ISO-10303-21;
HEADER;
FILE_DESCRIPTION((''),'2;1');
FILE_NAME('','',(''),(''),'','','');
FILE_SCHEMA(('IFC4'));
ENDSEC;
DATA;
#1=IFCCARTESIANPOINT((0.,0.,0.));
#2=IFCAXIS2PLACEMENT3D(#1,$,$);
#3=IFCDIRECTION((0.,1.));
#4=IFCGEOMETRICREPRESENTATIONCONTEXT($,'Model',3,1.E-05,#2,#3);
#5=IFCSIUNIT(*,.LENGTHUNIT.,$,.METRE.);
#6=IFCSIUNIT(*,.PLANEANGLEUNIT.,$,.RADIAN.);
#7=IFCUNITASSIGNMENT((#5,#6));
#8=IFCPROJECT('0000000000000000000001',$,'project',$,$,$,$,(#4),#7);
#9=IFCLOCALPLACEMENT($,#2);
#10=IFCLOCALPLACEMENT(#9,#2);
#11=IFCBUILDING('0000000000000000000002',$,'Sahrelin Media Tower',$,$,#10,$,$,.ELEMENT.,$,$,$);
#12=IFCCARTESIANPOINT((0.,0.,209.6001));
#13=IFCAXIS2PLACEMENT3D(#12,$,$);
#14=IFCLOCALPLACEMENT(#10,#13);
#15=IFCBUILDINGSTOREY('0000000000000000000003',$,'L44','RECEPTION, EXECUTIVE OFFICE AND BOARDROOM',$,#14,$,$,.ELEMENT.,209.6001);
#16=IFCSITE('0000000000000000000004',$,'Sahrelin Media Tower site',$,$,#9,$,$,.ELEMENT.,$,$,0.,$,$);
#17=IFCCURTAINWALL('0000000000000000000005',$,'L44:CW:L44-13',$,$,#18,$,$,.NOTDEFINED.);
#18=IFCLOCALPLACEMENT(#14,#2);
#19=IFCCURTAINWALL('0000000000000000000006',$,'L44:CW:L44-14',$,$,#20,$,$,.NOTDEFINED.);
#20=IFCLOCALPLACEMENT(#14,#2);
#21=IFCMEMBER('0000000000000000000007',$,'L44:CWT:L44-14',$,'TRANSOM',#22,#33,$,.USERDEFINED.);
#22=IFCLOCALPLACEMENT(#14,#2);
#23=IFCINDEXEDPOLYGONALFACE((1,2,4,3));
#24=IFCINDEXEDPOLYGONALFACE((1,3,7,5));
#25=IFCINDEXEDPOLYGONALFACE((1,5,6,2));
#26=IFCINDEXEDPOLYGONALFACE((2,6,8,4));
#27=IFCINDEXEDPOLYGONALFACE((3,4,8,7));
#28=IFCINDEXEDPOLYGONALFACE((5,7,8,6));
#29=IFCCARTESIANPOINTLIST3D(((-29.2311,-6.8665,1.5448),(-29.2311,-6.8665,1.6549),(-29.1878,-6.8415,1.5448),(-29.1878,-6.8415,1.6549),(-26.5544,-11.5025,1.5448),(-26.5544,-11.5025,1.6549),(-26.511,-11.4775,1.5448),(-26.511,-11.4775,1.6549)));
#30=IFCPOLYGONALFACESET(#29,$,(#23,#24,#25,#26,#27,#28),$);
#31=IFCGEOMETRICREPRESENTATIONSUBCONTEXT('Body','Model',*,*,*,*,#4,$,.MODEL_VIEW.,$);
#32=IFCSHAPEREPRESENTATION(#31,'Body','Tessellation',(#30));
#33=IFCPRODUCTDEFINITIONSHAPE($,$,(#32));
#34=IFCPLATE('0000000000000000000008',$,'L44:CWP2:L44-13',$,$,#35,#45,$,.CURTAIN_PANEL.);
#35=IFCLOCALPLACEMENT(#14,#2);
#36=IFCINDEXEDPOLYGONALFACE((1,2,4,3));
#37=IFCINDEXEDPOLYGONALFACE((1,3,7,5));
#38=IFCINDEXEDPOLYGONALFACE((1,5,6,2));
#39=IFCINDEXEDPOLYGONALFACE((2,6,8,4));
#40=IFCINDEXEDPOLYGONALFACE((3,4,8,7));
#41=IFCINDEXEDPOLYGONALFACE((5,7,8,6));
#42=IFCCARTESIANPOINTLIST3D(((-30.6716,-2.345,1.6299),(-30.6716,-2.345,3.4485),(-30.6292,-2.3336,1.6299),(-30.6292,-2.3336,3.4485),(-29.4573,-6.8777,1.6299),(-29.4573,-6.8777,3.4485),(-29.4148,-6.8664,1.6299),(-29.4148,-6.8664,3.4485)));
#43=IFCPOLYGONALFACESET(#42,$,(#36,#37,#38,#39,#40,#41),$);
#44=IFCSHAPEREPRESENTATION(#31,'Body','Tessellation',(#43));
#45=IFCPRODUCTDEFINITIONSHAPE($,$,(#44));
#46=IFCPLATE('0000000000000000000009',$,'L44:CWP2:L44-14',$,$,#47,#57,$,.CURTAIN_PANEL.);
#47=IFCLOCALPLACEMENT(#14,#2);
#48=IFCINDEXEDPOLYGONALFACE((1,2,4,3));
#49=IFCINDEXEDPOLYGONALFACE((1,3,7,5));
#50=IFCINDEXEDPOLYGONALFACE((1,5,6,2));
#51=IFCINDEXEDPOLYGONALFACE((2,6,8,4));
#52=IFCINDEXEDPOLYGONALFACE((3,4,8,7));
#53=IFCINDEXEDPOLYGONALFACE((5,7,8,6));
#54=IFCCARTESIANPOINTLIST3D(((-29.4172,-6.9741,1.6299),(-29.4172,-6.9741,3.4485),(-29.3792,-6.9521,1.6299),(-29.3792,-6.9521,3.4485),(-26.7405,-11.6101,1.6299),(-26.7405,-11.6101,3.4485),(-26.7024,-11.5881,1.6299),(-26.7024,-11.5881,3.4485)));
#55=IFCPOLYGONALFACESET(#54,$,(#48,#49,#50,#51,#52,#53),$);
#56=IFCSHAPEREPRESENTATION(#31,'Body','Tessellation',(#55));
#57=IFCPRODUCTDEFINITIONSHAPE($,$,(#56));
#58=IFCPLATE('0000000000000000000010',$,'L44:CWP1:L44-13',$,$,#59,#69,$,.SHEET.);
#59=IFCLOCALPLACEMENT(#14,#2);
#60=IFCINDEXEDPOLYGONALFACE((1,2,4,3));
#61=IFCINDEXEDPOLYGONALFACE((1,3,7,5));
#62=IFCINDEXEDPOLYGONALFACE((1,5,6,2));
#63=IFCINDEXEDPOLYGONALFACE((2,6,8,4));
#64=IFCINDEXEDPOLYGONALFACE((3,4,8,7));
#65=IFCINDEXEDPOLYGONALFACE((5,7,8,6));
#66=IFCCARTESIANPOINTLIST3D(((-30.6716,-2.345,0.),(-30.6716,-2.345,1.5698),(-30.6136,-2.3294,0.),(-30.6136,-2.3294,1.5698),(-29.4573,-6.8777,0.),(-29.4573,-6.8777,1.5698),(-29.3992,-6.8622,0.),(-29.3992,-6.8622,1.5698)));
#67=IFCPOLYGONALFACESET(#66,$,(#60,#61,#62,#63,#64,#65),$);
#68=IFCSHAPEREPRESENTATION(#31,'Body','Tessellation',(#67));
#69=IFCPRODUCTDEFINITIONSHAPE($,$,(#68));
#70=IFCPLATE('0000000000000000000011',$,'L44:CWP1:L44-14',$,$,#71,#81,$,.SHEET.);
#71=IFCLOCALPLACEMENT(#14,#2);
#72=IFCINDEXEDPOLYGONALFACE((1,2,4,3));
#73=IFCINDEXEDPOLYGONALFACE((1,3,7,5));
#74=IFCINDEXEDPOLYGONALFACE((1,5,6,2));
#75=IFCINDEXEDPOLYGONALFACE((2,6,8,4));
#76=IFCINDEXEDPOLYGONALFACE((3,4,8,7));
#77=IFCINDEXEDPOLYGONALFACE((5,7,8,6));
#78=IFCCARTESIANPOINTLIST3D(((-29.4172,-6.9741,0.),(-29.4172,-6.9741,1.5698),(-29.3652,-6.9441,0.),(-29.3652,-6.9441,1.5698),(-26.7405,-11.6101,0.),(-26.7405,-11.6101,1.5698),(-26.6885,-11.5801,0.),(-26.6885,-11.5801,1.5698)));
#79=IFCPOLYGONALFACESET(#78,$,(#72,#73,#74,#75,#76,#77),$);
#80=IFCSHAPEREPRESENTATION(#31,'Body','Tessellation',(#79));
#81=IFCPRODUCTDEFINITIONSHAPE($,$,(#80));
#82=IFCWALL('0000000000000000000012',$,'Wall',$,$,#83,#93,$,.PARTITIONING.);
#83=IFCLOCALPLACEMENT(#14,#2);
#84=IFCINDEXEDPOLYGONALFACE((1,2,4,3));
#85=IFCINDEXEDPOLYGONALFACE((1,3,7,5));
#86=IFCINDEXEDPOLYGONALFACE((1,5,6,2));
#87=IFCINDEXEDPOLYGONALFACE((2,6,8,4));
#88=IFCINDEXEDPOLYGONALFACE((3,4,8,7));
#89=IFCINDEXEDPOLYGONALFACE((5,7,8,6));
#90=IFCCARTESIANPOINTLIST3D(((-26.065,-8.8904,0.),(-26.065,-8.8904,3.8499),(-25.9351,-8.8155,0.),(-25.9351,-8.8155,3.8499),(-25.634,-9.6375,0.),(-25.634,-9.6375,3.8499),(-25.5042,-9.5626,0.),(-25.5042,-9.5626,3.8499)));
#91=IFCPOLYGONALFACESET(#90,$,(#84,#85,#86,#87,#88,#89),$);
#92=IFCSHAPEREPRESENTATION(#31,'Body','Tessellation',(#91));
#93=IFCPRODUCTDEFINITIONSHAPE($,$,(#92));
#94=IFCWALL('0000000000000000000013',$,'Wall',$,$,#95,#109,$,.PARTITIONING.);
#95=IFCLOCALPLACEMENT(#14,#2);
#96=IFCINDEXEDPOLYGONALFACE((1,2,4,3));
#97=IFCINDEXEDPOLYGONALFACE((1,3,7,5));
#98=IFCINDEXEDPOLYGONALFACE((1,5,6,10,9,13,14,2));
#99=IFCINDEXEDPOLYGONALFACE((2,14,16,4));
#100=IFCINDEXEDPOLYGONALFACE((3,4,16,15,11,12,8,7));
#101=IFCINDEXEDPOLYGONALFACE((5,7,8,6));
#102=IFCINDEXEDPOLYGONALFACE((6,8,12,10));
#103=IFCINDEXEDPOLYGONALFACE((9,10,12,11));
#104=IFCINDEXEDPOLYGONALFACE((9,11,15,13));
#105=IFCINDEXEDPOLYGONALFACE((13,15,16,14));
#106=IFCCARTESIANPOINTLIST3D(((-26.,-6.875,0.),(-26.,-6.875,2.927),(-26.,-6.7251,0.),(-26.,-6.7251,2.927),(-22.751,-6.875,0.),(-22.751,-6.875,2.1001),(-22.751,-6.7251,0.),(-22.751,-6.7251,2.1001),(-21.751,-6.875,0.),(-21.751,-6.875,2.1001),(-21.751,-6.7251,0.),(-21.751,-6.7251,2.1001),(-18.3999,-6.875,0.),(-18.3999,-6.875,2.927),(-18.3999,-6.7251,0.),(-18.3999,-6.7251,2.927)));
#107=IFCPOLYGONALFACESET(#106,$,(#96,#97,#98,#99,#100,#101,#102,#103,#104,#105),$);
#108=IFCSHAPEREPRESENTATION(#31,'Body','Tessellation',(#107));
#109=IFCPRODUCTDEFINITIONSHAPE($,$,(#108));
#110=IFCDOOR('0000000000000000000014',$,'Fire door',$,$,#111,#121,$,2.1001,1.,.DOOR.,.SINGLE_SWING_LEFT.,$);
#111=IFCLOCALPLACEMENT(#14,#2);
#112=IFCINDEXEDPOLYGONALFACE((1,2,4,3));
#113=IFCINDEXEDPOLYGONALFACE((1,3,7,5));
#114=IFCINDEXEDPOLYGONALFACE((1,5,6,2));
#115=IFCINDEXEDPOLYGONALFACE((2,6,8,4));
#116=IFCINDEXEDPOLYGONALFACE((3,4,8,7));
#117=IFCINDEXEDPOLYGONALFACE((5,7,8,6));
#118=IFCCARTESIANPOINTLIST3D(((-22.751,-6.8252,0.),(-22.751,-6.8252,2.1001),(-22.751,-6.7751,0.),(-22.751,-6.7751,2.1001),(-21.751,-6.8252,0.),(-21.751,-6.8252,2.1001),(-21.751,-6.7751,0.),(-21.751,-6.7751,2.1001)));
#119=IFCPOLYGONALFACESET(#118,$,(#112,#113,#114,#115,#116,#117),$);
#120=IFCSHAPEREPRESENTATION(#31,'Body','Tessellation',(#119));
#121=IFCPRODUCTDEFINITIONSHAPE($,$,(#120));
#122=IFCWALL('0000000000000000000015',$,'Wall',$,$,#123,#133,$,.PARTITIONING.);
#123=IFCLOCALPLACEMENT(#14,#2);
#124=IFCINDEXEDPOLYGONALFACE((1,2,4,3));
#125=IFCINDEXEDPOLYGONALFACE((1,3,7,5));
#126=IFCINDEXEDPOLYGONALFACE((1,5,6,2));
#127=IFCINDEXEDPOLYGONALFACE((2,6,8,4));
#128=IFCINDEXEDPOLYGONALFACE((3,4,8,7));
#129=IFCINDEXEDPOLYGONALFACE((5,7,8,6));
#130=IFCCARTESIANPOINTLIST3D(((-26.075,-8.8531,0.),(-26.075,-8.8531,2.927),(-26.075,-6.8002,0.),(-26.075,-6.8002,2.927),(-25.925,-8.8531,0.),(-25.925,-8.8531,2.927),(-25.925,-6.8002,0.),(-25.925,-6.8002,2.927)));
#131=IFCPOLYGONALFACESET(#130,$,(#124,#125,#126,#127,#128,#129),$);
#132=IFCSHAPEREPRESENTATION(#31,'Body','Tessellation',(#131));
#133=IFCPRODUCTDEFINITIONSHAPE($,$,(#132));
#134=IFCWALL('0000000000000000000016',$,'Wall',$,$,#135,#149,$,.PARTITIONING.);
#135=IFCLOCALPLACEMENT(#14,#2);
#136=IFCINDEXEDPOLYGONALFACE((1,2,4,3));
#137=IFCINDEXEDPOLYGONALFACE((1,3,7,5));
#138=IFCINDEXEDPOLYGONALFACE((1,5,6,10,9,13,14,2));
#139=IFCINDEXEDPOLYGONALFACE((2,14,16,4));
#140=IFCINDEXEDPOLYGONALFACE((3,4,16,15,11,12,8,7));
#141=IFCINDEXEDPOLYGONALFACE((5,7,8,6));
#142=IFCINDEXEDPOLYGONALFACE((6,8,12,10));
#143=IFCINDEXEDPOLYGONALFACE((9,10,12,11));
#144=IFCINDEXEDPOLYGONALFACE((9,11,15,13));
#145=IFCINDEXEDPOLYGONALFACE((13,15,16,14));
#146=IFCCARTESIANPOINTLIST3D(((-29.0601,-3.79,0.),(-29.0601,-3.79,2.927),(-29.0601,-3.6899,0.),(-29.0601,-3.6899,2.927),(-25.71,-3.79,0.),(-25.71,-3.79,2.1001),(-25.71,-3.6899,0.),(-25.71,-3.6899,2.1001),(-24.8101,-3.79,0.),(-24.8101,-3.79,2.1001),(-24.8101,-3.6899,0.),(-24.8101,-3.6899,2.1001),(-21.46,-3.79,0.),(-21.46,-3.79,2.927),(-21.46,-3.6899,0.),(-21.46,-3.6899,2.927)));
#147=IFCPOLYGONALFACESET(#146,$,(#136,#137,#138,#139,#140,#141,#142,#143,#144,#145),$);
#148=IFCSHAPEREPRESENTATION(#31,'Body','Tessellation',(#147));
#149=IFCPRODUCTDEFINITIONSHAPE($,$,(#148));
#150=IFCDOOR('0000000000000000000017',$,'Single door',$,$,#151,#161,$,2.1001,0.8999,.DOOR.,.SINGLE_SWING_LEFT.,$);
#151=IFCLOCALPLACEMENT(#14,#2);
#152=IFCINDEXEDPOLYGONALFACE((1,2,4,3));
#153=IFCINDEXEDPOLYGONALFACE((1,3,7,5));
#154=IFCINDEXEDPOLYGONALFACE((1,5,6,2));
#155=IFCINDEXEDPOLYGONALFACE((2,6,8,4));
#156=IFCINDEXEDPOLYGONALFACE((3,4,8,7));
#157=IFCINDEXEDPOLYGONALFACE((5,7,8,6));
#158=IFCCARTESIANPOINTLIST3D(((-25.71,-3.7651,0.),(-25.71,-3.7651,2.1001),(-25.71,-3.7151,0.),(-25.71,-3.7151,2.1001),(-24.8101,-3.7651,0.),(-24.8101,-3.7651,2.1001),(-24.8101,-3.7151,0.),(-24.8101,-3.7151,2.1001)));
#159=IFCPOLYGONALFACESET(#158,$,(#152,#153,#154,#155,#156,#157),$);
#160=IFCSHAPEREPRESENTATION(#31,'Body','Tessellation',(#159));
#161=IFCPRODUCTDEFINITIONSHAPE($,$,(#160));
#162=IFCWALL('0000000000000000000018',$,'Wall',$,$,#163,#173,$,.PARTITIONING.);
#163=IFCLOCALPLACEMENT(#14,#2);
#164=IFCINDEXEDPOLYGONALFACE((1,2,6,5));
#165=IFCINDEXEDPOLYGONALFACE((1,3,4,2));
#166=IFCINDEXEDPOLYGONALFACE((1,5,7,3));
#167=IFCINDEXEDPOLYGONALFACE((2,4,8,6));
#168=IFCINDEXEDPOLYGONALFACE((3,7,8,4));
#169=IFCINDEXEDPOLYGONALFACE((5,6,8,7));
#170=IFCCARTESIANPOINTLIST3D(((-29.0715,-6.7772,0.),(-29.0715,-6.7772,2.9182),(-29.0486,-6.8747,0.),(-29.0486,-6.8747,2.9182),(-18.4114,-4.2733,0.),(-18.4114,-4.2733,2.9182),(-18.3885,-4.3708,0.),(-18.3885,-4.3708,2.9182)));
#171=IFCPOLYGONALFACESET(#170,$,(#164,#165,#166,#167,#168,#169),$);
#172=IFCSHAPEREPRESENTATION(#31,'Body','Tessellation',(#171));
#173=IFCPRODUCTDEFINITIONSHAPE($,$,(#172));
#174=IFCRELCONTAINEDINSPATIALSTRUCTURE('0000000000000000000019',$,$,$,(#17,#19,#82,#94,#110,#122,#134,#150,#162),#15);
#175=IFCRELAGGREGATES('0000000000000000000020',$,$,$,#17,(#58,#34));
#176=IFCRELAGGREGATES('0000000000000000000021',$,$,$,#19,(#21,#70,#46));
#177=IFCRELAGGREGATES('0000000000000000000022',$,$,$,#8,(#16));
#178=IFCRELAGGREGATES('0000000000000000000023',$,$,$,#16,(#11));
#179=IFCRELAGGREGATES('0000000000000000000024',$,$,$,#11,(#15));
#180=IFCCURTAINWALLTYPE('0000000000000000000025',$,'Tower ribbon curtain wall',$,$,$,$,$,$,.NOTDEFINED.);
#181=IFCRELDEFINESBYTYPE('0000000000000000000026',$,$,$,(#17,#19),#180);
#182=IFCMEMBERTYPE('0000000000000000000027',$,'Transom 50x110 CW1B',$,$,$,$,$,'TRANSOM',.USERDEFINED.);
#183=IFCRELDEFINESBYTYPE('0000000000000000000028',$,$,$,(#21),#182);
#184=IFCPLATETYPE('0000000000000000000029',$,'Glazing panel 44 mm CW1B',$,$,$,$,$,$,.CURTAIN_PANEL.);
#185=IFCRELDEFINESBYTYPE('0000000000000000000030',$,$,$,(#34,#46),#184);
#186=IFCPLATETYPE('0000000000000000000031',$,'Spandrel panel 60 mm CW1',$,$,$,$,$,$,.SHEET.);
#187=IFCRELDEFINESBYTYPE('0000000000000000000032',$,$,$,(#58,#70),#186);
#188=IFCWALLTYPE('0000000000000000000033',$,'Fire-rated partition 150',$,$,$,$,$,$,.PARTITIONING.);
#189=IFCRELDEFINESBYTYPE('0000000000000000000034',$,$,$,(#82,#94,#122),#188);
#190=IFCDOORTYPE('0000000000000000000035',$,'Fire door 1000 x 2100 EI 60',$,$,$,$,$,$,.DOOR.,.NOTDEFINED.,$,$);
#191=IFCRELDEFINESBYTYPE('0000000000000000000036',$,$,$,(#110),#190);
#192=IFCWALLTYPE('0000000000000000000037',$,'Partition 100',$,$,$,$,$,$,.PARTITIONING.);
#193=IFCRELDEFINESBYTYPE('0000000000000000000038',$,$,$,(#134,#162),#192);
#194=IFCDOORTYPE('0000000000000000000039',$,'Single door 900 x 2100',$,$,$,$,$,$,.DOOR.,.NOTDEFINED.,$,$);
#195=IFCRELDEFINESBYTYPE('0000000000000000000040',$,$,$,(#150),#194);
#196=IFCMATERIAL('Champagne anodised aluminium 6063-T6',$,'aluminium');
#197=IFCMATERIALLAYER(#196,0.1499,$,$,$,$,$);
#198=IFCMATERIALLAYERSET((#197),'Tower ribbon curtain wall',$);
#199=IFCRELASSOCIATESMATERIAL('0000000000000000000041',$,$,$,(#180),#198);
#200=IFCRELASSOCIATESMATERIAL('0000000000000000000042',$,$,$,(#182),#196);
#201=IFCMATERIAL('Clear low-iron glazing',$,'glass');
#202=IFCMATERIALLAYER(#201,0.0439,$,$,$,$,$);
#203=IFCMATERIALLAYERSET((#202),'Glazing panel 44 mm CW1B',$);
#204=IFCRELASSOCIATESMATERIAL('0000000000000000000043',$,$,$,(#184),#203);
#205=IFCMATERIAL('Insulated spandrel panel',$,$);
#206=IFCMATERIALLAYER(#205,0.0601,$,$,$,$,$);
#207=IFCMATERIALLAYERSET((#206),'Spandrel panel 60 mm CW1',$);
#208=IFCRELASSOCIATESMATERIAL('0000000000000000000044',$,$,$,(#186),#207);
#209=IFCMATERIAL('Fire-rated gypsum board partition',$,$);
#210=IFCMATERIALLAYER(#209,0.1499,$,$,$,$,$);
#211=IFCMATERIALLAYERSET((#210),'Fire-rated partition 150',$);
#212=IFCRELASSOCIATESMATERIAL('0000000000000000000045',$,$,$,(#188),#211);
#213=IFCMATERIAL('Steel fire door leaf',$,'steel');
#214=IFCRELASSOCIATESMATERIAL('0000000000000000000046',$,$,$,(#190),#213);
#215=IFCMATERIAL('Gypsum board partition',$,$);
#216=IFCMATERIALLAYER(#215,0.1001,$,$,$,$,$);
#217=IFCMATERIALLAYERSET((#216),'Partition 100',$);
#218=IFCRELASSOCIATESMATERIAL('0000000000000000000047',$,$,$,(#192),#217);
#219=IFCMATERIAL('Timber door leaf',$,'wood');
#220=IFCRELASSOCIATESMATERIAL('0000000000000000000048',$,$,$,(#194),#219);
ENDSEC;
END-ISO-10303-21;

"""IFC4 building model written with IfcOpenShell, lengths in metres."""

from ifc_helpers import new_model, si_unit, direction, frame, frame_2d, origin, origin_2d, place, context, subcontext, project, spatial, polyline, rectangle, outline, extrude, material, layer, layer_set, material_profile, profile_set, type_object, element, fill, aggregate, save


model = new_model("IFC4")

# Units and contexts
model_context = context("Model", 3, precision=1e-05, world=origin(), true_north=direction((0.0, 1.0)))
body_context = subcontext(model_context, "Body", "Model", "MODEL_VIEW")
ifc_project = project(units=[si_unit("LENGTHUNIT", "METRE"), si_unit("PLANEANGLEUNIT", "RADIAN")], contexts=[model_context])

# Site, building, storey
site_placement = place(None, origin())
site = spatial("IfcSite", under=ifc_project, at=site_placement, Name="Sahrelin Media Tower site", CompositionType="ELEMENT", RefElevation=0.0)
building_placement = place(site_placement, origin())
building = spatial("IfcBuilding", under=site, at=building_placement, Name="Sahrelin Media Tower", CompositionType="ELEMENT")
storey_placement = place(building_placement, frame((0.0, 0.0, 209.6001)))
storey = spatial("IfcBuildingStorey", under=building, at=storey_placement, Name="L44", Description="RECEPTION, EXECUTIVE OFFICE AND BOARDROOM", CompositionType="ELEMENT", Elevation=209.6001)

# Curtain wall
ifc_material_1 = material(Name="Champagne anodised aluminium 6063-T6", Category="aluminium")
ifc_layer_1 = layer(ifc_material_1, 0.1499)
ifc_layer_set_1 = layer_set([ifc_layer_1], Name="Tower ribbon curtain wall")
curtain_wall_type = type_object("IfcCurtainWallType", Name="Tower ribbon curtain wall", PredefinedType="NOTDEFINED", material=ifc_layer_set_1)
curtain_wall_1_placement = place(storey_placement, frame((-30.0452, -4.6062, 0.0), z_axis=(0.0, 0.0, 1.0), x_axis=(1.0, 0.0, 0.0)))
curtain_wall_1 = element("IfcCurtainWall", 1, at=curtain_wall_1_placement, inside=storey, type_object=curtain_wall_type, Name="L44:CW:L44-13", PredefinedType="NOTDEFINED")

# Shared definitions
ifc_material_profile_1 = material_profile(ifc_material_1, rectangle(XDim=0.05, YDim=0.1101, at=origin_2d()), Name="Transom 50x110")
ifc_profile_set_1 = profile_set([ifc_material_profile_1], Name="Champagne anodised aluminium 6063-T6")
member_type_1 = type_object("IfcMemberType", Name="Transom 50x110 CW1B", ElementType="TRANSOM", PredefinedType="USERDEFINED", material=ifc_profile_set_1)

# Curtain wall, member
curtain_wall_2_placement = place(storey_placement, frame((-28.0615, -9.282, 0.0), z_axis=(0.0, 0.0, 1.0), x_axis=(1.0, 0.0, 0.0)))
curtain_wall_2 = element("IfcCurtainWall", 2, at=curtain_wall_2_placement, inside=storey, type_object=curtain_wall_type, Name="L44:CW:L44-14", PredefinedType="NOTDEFINED")
member_1_placement = place(storey_placement, frame((-29.2095, -6.854, 1.5999), z_axis=(0.500024, -0.866012, 0.0), x_axis=(0.866012, 0.500024, 0.0)))
member_1 = element("IfcMember", 3, at=member_1_placement, type_object=member_type_1, Name="L44:CWT:L44-14", ObjectType="TRANSOM", PredefinedType="USERDEFINED", context=body_context, shape_type="SweptSolid", body=[
    extrude(rectangle(XDim=0.05, YDim=0.1101, at=origin_2d()), origin(), (0.0, 0.0, 1.0), 5.3533),
])

# Plates
ifc_material_2 = material(Name="Clear low-iron glazing", Category="glass")
ifc_layer_2 = layer(ifc_material_2, 0.0439)
ifc_layer_set_2 = layer_set([ifc_layer_2], Name="Glazing panel 44 mm CW1B")
plate_type_1 = type_object("IfcPlateType", Name="Glazing panel 44 mm CW1B", PredefinedType="CURTAIN_PANEL", material=ifc_layer_set_2)
plate_1_placement = place(storey_placement, frame((-30.6716, -2.345, 1.6299), z_axis=(-0.965936, -0.258783, 0.0), x_axis=(0.258783, -0.965936, 0.0)))
plate_1 = element("IfcPlate", 4, at=plate_1_placement, type_object=plate_type_1, Name="L44:CWP2:L44-13", PredefinedType="CURTAIN_PANEL", context=body_context, shape_type="SweptSolid", body=[
    extrude(outline(polyline([(0.0, 0.0), (4.6926, 0.0), (4.6926, 1.8186), (0.0, 1.8186), (0.0, 0.0)])), origin(), (0.0, 0.0, -1.0), 0.0439),
])
plate_2_placement = place(storey_placement, frame((-29.4172, -6.9741, 1.6299), z_axis=(-0.866012, -0.500024, 0.0), x_axis=(0.500024, -0.866012, 0.0)))
plate_2 = element("IfcPlate", 5, at=plate_2_placement, type_object=plate_type_1, Name="L44:CWP2:L44-14", PredefinedType="CURTAIN_PANEL", context=body_context, shape_type="SweptSolid", body=[
    extrude(outline(polyline([(0.0, 0.0), (5.3533, 0.0), (5.3533, 1.8186), (0.0, 1.8186), (0.0, 0.0)])), origin(), (0.0, 0.0, -1.0), 0.0439),
])
ifc_material_3 = material(Name="Insulated spandrel panel")
ifc_layer_3 = layer(ifc_material_3, 0.0601)
ifc_layer_set_3 = layer_set([ifc_layer_3], Name="Spandrel panel 60 mm CW1")
plate_type_2 = type_object("IfcPlateType", Name="Spandrel panel 60 mm CW1", PredefinedType="SHEET", material=ifc_layer_set_3)
plate_3_placement = place(storey_placement, frame((-30.6716, -2.345, 0.0), z_axis=(-0.965936, -0.258783, 0.0), x_axis=(0.258783, -0.965936, 0.0)))
plate_3 = element("IfcPlate", 6, at=plate_3_placement, type_object=plate_type_2, Name="L44:CWP1:L44-13", PredefinedType="SHEET", context=body_context, shape_type="SweptSolid", body=[
    extrude(outline(polyline([(0.0, 0.0), (4.6926, 0.0), (4.6926, 1.5698), (0.0, 1.5698), (0.0, 0.0)])), origin(), (0.0, 0.0, -1.0), 0.0601),
])
aggregate(curtain_wall_1, [plate_3, plate_1])
plate_4_placement = place(storey_placement, frame((-29.4172, -6.9741, 0.0), z_axis=(-0.866012, -0.500024, 0.0), x_axis=(0.500024, -0.866012, 0.0)))
plate_4 = element("IfcPlate", 7, at=plate_4_placement, type_object=plate_type_2, Name="L44:CWP1:L44-14", PredefinedType="SHEET", context=body_context, shape_type="SweptSolid", body=[
    extrude(outline(polyline([(0.0, 0.0), (5.3533, 0.0), (5.3533, 1.5698), (0.0, 1.5698), (0.0, 0.0)])), origin(), (0.0, 0.0, -1.0), 0.0601),
])
aggregate(curtain_wall_2, [member_1, plate_4, plate_2])

# Wall
ifc_material_4 = material(Name="Fire-rated gypsum board partition")
ifc_layer_4 = layer(ifc_material_4, 0.1499)
ifc_layer_set_4 = layer_set([ifc_layer_4], Name="Fire-rated partition 150")
wall_type_1 = type_object("IfcWallType", Name="Fire-rated partition 150", PredefinedType="PARTITIONING", material=ifc_layer_set_4)
wall_1_placement = place(storey_placement, frame((-26.0, -8.853, 0.0), z_axis=(0.0, 0.0, 1.0), x_axis=(0.499641, -0.866233, 0.0)))
element("IfcWall", 8, at=wall_1_placement, inside=storey, type_object=wall_type_1, Name="Wall", PredefinedType="PARTITIONING", context=body_context, shape_type="SweptSolid", body=[
    extrude(rectangle(XDim=0.8625, YDim=0.1499, at=frame_2d((0.4312, 0.0))), origin(), (0.0, 0.0, 1.0), 3.8499),
])

# Wall, opening, door
wall_2_placement = place(storey_placement, frame((-26.0, -6.8, 0.0), z_axis=(0.0, 0.0, 1.0), x_axis=(1.0, 0.0, 0.0)))
wall_2 = element("IfcWall", 9, at=wall_2_placement, inside=storey, type_object=wall_type_1, Name="Wall", PredefinedType="PARTITIONING", context=body_context, shape_type="SweptSolid", body=[
    extrude(rectangle(XDim=7.6001, YDim=0.1499, at=frame_2d((3.8, 0.0))), origin(), (0.0, 0.0, 1.0), 2.927),
])
opening_1_placement = place(wall_2_placement, frame((3.249, 0.0, 0.0)))
opening_1 = element("IfcOpeningElement", 10, at=opening_1_placement, cuts=wall_2, PredefinedType="OPENING", context=body_context, shape_type="SweptSolid", body=[
    extrude(rectangle(XDim=1.0, YDim=2.1001, at=frame_2d((0.5, 1.05))), frame((0.0, 0.075, 0.0), z_axis=(0.0, -1.0, 0.0), x_axis=(1.0, 0.0, 0.0)), (0.0, 0.0, 1.0), 0.1499),
])
ifc_material_5 = material(Name="Steel fire door leaf", Category="steel")
door_type_1 = type_object("IfcDoorType", Name="Fire door 1000 x 2100 EI 60", OperationType="NOTDEFINED", PredefinedType="DOOR", material=ifc_material_5)
door_1_placement = place(opening_1_placement, origin())
door_1 = element("IfcDoor", 11, at=door_1_placement, inside=storey, type_object=door_type_1, Name="Fire door", OperationType="SINGLE_SWING_LEFT", OverallHeight=2.1001, OverallWidth=1.0, PredefinedType="DOOR", context=body_context, shape_type="SweptSolid", body=[
    extrude(rectangle(XDim=1.0, YDim=2.1001, at=frame_2d((0.5, 1.05))), frame((0.0, 0.0249, 0.0), z_axis=(0.0, -1.0, 0.0), x_axis=(1.0, 0.0, 0.0)), (0.0, 0.0, 1.0), 0.05),
])
fill(opening_1, door_1)

# Wall
wall_3_placement = place(storey_placement, frame((-26.0, -8.853, 0.0), z_axis=(0.0, 0.0, 1.0), x_axis=(0.0, 1.0, 0.0)))
element("IfcWall", 12, at=wall_3_placement, inside=storey, type_object=wall_type_1, Name="Wall", PredefinedType="PARTITIONING", context=body_context, shape_type="SweptSolid", body=[
    extrude(rectangle(XDim=2.053, YDim=0.1499, at=frame_2d((1.0264, 0.0))), origin(), (0.0, 0.0, 1.0), 2.927),
])

# Wall, opening, door
ifc_material_6 = material(Name="Gypsum board partition")
ifc_layer_5 = layer(ifc_material_6, 0.1001)
ifc_layer_set_5 = layer_set([ifc_layer_5], Name="Partition 100")
wall_type_2 = type_object("IfcWallType", Name="Partition 100", PredefinedType="PARTITIONING", material=ifc_layer_set_5)
wall_4_placement = place(storey_placement, frame((-29.0601, -3.74, 0.0), z_axis=(0.0, 0.0, 1.0), x_axis=(1.0, 0.0, 0.0)))
wall_4 = element("IfcWall", 13, at=wall_4_placement, inside=storey, type_object=wall_type_2, Name="Wall", PredefinedType="PARTITIONING", context=body_context, shape_type="SweptSolid", body=[
    extrude(rectangle(XDim=7.6001, YDim=0.1001, at=frame_2d((3.8, 0.0))), origin(), (0.0, 0.0, 1.0), 2.927),
])
opening_2_placement = place(wall_4_placement, frame((3.3501, 0.0, 0.0)))
opening_2 = element("IfcOpeningElement", 14, at=opening_2_placement, cuts=wall_4, PredefinedType="OPENING", context=body_context, shape_type="SweptSolid", body=[
    extrude(rectangle(XDim=0.8999, YDim=2.1001, at=frame_2d((0.45, 1.05))), frame((0.0, 0.05, 0.0), z_axis=(0.0, -1.0, 0.0), x_axis=(1.0, 0.0, 0.0)), (0.0, 0.0, 1.0), 0.1001),
])
ifc_material_7 = material(Name="Timber door leaf", Category="wood")
door_type_2 = type_object("IfcDoorType", Name="Single door 900 x 2100", OperationType="NOTDEFINED", PredefinedType="DOOR", material=ifc_material_7)
door_2_placement = place(opening_2_placement, origin())
door_2 = element("IfcDoor", 15, at=door_2_placement, inside=storey, type_object=door_type_2, Name="Single door", OperationType="SINGLE_SWING_LEFT", OverallHeight=2.1001, OverallWidth=0.8999, PredefinedType="DOOR", context=body_context, shape_type="SweptSolid", body=[
    extrude(rectangle(XDim=0.8999, YDim=2.1001, at=frame_2d((0.45, 1.05))), frame((0.0, 0.0249, 0.0), z_axis=(0.0, -1.0, 0.0), x_axis=(1.0, 0.0, 0.0)), (0.0, 0.0, 1.0), 0.05),
])
fill(opening_2, door_2)

# Wall
wall_5_placement = place(storey_placement, frame((-29.0601, -6.8259, 0.0), z_axis=(0.0, 0.0, 1.0), x_axis=(0.973506, 0.228662, 0.0)))
element("IfcWall", 16, at=wall_5_placement, inside=storey, type_object=wall_type_2, Name="Wall", PredefinedType="PARTITIONING", context=body_context, shape_type="SweptSolid", body=[
    extrude(rectangle(XDim=10.9502, YDim=0.1001, at=frame_2d((5.4751, 0.0))), origin(), (0.0, 0.0, 1.0), 2.9182),
])

save(model, "model.ifc")
